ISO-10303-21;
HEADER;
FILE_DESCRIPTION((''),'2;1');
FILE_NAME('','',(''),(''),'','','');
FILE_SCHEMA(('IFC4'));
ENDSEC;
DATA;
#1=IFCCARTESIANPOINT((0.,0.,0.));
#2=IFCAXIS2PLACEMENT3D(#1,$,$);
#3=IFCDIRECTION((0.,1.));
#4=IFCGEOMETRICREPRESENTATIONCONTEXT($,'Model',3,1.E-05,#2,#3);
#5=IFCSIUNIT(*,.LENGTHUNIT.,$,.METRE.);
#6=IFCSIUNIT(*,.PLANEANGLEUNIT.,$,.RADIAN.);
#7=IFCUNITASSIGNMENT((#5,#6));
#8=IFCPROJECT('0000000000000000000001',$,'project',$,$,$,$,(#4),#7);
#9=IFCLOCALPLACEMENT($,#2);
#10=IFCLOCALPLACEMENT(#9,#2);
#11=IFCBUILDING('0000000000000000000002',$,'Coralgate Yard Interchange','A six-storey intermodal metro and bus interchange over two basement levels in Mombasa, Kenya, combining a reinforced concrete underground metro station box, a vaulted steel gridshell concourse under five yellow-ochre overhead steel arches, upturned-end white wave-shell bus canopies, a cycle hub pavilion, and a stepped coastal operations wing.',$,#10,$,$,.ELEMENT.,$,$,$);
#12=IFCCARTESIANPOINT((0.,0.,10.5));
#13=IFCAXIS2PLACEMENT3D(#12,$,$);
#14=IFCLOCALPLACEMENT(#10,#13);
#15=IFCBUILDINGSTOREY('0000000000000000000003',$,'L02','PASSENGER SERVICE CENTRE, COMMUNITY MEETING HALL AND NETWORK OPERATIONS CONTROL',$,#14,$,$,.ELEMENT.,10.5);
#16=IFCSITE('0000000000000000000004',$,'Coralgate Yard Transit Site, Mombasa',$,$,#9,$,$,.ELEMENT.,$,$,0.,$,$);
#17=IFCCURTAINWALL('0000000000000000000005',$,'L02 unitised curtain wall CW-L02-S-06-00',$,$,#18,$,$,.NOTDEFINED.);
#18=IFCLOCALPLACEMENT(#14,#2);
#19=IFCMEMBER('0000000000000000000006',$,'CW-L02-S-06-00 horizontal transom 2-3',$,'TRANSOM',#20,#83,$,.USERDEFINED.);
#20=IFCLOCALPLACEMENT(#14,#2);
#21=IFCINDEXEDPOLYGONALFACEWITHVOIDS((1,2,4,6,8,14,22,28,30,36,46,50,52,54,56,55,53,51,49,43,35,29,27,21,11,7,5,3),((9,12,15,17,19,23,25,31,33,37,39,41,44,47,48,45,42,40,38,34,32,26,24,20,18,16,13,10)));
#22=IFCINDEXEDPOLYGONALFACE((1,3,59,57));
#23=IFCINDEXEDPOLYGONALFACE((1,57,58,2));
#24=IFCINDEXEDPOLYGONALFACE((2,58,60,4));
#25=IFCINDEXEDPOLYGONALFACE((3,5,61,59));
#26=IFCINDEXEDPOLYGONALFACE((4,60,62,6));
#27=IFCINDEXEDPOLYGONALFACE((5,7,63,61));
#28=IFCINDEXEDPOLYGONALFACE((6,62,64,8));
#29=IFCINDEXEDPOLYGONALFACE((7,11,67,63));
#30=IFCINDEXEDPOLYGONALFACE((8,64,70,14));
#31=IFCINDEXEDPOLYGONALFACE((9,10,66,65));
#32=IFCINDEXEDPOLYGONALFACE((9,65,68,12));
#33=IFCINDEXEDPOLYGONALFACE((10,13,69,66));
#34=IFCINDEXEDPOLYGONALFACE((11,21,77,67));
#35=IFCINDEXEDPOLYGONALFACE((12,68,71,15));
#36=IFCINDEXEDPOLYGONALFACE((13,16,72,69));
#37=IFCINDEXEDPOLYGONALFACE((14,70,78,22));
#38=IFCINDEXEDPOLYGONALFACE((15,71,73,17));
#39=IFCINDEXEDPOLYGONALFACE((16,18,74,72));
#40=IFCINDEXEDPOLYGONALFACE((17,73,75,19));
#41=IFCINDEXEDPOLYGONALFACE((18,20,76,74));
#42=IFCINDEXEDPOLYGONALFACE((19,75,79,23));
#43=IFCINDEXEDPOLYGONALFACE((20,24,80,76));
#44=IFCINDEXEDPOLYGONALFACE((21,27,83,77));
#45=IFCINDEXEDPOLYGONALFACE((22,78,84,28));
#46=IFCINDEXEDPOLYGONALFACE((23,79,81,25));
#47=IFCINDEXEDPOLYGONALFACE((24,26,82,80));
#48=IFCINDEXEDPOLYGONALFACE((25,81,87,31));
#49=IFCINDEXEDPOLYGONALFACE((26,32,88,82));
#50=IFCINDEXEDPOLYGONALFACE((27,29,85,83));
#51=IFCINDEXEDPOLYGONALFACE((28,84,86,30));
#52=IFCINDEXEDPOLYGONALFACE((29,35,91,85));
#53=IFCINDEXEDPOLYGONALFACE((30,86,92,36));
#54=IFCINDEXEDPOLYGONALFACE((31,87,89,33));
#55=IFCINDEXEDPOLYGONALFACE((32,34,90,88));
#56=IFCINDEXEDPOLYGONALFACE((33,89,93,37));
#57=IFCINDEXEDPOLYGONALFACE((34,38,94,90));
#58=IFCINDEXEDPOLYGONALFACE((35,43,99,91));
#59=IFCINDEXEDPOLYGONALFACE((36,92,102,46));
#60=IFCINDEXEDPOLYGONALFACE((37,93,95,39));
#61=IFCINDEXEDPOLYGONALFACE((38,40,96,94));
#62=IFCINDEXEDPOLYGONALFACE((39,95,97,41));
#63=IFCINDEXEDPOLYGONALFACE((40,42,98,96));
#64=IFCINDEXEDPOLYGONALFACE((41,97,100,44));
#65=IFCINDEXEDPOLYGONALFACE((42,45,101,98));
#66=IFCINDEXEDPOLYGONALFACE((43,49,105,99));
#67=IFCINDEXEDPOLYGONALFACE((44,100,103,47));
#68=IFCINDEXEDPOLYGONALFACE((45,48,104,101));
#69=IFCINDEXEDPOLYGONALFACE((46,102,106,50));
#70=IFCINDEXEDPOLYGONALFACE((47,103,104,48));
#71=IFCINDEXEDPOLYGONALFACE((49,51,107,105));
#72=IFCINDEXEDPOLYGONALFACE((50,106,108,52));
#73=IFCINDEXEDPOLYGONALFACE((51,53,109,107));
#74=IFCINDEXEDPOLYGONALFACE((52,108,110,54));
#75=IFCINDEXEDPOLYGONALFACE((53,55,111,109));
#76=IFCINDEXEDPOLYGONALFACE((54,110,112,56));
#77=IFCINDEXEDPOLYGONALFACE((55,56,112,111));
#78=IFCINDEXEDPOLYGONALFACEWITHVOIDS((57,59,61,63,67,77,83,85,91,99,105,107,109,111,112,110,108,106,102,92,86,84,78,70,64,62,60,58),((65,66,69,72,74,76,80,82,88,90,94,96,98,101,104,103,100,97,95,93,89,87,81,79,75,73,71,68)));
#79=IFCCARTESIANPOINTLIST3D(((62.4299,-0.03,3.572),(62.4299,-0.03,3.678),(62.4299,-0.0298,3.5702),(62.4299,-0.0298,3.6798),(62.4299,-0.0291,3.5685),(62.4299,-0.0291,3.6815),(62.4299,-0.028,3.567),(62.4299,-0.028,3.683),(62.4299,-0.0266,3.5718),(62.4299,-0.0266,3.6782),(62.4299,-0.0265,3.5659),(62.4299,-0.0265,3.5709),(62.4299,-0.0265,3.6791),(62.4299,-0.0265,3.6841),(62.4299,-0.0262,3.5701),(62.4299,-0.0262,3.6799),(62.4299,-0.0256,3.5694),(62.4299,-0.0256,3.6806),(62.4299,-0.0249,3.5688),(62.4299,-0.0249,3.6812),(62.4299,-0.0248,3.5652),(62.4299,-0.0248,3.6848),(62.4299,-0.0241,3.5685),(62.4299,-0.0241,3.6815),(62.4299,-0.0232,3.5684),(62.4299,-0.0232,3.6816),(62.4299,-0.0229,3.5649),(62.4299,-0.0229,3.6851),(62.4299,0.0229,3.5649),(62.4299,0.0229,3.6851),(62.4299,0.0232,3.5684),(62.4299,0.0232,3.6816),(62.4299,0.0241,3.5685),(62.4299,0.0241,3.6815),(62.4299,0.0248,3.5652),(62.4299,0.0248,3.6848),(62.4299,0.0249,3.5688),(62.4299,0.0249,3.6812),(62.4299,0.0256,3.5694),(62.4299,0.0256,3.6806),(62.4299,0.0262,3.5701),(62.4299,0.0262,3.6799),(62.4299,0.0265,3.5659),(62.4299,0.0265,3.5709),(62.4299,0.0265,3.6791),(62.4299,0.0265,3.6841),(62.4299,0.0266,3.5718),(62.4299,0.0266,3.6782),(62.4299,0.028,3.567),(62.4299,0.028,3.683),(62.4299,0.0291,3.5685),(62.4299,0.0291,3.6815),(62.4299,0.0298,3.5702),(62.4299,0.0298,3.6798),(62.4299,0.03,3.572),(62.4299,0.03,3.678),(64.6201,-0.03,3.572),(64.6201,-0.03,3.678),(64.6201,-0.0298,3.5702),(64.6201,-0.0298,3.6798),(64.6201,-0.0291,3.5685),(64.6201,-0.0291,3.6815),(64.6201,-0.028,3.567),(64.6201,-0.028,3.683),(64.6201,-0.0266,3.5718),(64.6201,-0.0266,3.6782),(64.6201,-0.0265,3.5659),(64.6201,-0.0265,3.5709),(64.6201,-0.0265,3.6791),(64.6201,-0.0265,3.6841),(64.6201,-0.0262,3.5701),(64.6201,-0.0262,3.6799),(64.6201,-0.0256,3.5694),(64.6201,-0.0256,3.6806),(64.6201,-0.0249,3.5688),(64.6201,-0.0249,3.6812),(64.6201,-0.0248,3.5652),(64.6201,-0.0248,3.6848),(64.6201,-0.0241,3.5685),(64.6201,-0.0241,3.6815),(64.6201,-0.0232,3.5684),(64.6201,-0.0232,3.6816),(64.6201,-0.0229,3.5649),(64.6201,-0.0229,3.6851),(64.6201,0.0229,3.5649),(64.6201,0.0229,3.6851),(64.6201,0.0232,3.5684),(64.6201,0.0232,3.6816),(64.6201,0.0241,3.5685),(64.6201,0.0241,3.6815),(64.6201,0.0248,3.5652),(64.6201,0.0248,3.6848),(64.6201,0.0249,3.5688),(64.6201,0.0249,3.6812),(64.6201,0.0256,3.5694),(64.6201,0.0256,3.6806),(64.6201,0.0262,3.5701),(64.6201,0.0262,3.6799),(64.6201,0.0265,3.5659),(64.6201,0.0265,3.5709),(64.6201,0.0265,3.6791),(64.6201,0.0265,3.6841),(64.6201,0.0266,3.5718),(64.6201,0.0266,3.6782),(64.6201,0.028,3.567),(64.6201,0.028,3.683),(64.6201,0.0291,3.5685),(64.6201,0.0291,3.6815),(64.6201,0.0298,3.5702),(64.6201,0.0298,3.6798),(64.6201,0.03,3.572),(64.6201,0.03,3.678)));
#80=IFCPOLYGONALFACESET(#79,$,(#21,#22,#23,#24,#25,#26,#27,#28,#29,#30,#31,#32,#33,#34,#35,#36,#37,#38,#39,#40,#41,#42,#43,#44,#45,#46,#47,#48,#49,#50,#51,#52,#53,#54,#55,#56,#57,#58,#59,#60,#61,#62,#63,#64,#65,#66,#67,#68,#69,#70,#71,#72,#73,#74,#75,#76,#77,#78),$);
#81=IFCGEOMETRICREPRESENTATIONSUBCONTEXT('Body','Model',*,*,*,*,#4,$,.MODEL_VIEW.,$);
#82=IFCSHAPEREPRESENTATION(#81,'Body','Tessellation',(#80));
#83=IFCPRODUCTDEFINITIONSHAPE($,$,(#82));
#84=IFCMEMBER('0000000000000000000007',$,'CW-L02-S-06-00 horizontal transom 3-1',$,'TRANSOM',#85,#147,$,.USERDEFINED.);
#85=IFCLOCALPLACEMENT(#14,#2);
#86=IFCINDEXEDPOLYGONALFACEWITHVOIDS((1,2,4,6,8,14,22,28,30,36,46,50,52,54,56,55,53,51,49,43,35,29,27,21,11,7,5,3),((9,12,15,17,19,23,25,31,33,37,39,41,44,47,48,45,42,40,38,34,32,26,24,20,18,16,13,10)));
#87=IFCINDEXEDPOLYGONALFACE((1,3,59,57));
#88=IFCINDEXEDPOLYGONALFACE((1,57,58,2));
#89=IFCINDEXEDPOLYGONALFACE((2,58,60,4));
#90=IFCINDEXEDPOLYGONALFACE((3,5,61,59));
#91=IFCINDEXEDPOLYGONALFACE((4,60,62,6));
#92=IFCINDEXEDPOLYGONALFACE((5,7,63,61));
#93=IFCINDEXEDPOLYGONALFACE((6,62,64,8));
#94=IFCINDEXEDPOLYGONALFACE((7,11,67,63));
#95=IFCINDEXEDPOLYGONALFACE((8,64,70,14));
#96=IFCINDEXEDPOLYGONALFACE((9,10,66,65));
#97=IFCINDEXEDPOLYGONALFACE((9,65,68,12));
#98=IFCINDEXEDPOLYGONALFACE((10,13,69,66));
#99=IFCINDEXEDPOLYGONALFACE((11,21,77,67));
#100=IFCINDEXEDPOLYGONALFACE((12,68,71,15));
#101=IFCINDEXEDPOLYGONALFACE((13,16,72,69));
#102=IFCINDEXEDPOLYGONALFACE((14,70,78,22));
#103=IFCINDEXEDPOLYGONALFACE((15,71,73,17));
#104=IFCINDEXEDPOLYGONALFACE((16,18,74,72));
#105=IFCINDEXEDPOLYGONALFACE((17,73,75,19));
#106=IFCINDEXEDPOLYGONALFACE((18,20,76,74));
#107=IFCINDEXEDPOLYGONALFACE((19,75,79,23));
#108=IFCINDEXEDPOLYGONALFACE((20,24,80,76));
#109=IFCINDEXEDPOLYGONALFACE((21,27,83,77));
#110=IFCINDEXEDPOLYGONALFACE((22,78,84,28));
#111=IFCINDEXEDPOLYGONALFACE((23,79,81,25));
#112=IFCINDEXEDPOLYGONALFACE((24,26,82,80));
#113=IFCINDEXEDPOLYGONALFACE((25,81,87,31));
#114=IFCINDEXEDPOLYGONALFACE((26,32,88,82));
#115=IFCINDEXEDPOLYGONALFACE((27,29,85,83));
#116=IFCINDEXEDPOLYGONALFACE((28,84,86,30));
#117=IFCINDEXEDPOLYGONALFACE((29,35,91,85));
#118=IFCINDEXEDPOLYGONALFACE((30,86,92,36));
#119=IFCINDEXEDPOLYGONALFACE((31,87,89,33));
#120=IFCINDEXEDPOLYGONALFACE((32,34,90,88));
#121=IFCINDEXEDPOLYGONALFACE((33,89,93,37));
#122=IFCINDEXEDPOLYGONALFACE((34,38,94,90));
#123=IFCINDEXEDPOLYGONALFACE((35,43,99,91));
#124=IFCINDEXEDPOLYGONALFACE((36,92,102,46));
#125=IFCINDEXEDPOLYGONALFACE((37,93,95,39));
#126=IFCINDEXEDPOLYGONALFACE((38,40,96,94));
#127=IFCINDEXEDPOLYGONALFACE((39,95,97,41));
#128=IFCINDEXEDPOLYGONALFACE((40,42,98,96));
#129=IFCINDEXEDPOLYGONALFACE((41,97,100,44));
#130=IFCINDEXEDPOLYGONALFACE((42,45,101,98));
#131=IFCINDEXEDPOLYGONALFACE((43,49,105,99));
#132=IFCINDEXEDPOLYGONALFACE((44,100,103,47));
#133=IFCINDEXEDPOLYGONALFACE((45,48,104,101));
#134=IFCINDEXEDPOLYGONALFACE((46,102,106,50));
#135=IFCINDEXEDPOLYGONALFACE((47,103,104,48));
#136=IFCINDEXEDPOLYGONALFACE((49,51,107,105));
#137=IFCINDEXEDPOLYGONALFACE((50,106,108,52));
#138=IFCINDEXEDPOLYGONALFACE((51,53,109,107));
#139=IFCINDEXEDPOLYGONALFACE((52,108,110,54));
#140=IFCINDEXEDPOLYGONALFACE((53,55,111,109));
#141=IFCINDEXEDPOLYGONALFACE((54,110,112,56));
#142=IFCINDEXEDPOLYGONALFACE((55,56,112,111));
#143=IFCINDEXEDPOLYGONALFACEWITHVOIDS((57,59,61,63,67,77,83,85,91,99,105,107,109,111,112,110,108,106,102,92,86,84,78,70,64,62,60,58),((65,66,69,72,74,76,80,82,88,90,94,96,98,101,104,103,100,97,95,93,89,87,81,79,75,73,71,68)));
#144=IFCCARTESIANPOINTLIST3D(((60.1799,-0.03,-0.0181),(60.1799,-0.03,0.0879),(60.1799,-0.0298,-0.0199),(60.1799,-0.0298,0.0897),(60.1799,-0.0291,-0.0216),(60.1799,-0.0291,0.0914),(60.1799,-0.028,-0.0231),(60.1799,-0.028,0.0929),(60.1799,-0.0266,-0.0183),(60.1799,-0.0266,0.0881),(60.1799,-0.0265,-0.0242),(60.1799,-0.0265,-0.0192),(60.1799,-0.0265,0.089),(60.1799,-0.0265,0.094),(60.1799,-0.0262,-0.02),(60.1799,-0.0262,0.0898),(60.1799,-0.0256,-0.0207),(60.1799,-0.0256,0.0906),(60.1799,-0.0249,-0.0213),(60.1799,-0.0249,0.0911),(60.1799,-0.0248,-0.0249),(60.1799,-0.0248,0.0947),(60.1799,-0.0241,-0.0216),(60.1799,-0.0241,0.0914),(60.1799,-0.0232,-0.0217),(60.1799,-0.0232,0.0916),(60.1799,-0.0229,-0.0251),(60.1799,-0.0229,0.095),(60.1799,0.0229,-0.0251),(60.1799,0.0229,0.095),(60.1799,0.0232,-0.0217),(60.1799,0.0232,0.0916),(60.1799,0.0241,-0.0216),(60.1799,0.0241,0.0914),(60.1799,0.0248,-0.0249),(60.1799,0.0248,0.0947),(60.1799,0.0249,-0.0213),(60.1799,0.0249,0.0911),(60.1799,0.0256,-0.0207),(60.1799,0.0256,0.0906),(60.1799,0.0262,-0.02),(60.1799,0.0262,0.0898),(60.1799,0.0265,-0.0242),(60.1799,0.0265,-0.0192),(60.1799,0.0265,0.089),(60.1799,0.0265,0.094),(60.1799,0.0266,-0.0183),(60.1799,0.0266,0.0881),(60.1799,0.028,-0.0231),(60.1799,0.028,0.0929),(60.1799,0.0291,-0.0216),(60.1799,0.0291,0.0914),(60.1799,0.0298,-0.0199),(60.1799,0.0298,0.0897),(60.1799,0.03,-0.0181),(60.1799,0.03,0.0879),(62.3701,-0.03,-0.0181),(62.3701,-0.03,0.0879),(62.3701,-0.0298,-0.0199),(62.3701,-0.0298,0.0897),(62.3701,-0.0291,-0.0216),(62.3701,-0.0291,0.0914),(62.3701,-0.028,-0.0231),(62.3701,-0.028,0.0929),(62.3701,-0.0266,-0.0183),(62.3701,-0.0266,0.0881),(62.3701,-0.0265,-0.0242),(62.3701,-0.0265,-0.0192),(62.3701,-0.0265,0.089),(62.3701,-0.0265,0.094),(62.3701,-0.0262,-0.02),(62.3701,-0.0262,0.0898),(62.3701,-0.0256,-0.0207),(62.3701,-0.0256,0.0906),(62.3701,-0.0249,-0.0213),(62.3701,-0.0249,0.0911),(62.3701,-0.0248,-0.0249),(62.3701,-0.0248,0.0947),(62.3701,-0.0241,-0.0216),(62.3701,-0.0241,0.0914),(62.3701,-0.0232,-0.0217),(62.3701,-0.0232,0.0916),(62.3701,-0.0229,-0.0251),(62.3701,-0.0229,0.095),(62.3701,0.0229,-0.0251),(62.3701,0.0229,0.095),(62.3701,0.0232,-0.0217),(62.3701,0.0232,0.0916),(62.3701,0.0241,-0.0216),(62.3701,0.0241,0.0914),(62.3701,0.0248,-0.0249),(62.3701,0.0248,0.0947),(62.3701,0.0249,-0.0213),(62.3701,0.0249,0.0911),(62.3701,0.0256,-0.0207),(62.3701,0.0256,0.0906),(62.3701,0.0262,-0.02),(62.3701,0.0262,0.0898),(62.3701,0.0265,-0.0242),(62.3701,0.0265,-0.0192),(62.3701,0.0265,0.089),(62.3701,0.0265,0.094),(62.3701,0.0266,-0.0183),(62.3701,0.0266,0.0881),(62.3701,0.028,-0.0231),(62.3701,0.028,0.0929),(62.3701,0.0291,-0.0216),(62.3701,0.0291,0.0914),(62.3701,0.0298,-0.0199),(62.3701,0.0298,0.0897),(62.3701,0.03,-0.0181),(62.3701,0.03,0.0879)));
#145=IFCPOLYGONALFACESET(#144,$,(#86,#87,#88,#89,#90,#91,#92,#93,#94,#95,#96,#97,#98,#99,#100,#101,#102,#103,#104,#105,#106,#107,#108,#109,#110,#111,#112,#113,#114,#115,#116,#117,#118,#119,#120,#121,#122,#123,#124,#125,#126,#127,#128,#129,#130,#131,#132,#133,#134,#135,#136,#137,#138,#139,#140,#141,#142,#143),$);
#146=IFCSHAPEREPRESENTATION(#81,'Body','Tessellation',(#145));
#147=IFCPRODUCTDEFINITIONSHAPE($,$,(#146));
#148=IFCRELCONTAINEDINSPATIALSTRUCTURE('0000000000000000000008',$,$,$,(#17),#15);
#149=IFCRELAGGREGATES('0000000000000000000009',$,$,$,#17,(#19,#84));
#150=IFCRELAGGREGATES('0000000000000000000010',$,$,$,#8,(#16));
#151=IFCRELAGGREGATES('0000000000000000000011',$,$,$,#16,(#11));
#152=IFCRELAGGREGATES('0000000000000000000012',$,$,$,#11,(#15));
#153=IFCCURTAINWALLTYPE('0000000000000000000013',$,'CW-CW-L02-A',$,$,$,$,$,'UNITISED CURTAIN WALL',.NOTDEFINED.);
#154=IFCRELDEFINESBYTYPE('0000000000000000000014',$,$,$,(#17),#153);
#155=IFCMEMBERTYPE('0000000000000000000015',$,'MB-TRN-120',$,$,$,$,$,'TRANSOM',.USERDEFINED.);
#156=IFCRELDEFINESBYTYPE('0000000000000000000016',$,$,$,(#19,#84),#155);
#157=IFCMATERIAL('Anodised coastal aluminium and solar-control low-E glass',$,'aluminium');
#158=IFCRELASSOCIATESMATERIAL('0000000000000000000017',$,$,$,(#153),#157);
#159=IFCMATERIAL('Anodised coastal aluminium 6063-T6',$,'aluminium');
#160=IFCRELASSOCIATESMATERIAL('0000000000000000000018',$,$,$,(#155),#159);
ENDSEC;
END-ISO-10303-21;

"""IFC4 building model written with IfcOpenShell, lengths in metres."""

from ifc_helpers import new_model, si_unit, direction, frame, origin, origin_2d, place, context, subcontext, project, spatial, hollow_rectangle, extrude, material, material_profile, profile_set, type_object, element, aggregate, save


model = new_model("IFC4")

# Units and contexts
model_context = context("Model", 3, precision=1e-05, world=origin(), true_north=direction((0.0, 1.0)))
body_context = subcontext(model_context, "Body", "Model", "MODEL_VIEW")
ifc_project = project(units=[si_unit("LENGTHUNIT", "METRE"), si_unit("PLANEANGLEUNIT", "RADIAN")], contexts=[model_context])

# Site, building, storey
site_placement = place(None, origin())
site = spatial("IfcSite", under=ifc_project, at=site_placement, Name="Coralgate Yard Transit Site, Mombasa", CompositionType="ELEMENT", RefElevation=0.0)
building_placement = place(site_placement, origin())
building = spatial("IfcBuilding", under=site, at=building_placement, Name="Coralgate Yard Interchange", Description="A six-storey intermodal metro and bus interchange over two basement levels in Mombasa, Kenya, combining a reinforced concrete underground metro station box, a vaulted steel gridshell concourse under five yellow-ochre overhead steel arches, upturned-end white wave-shell bus canopies, a cycle hub pavilion, and a stepped coastal operations wing.", CompositionType="ELEMENT")
storey_placement = place(building_placement, frame((0.0, 0.0, 10.5)))
storey = spatial("IfcBuildingStorey", under=building, at=storey_placement, Name="L02", Description="PASSENGER SERVICE CENTRE, COMMUNITY MEETING HALL AND NETWORK OPERATIONS CONTROL", CompositionType="ELEMENT", Elevation=10.5)

# Shared definitions
ifc_material_1 = material(Name="Anodised coastal aluminium and solar-control low-E glass", Category="aluminium")
curtain_wall_type = type_object("IfcCurtainWallType", Name="CW-CW-L02-A", ElementType="UNITISED CURTAIN WALL", PredefinedType="NOTDEFINED", material=ifc_material_1)
ifc_material_2 = material(Name="Anodised coastal aluminium 6063-T6", Category="aluminium")

# Curtain wall
curtain_wall_1_placement = place(storey_placement, origin())
curtain_wall_1 = element("IfcCurtainWall", 1, at=curtain_wall_1_placement, inside=storey, type_object=curtain_wall_type, Name="L02 unitised curtain wall CW-L02-S-06-00", PredefinedType="NOTDEFINED")

# Members
ifc_material_profile_1 = material_profile(ifc_material_2, hollow_rectangle(XDim=0.0601, YDim=0.1201, WallThickness=0.0034, InnerFilletRadius=0.0034, OuterFilletRadius=0.0071, at=origin_2d()), Name="ALU 60x120x3.5")
ifc_profile_set_1 = profile_set([ifc_material_profile_1], Name="Anodised coastal aluminium 6063-T6")
member_type_1 = type_object("IfcMemberType", Name="MB-TRN-120", ElementType="TRANSOM", PredefinedType="USERDEFINED", material=ifc_profile_set_1)
member_1_placement = place(storey_placement, frame((64.6201, 0.0, 3.625), z_axis=(-1.0, 0.0, 0.0), x_axis=(0.0, -1.0, 0.0)))
member_1 = element("IfcMember", 2, at=member_1_placement, type_object=member_type_1, Name="CW-L02-S-06-00 horizontal transom 2-3", ObjectType="TRANSOM", PredefinedType="USERDEFINED", context=body_context, shape_type="SweptSolid", body=[
    extrude(hollow_rectangle(XDim=0.0601, YDim=0.1201, WallThickness=0.0034, InnerFilletRadius=0.0034, OuterFilletRadius=0.0071, at=origin_2d()), origin(), (0.0, 0.0, 1.0), 2.1902),
])
member_2_placement = place(storey_placement, frame((62.3701, 0.0, 0.0349), z_axis=(-1.0, 0.0, 0.0), x_axis=(0.0, -1.0, 0.0)))
member_2 = element("IfcMember", 3, at=member_2_placement, type_object=member_type_1, Name="CW-L02-S-06-00 horizontal transom 3-1", ObjectType="TRANSOM", PredefinedType="USERDEFINED", context=body_context, shape_type="SweptSolid", body=[
    extrude(hollow_rectangle(XDim=0.0601, YDim=0.1201, WallThickness=0.0034, InnerFilletRadius=0.0034, OuterFilletRadius=0.0071, at=origin_2d()), origin(), (0.0, 0.0, 1.0), 2.1902),
])

aggregate(curtain_wall_1, [member_1, member_2])

save(model, "model.ifc")
